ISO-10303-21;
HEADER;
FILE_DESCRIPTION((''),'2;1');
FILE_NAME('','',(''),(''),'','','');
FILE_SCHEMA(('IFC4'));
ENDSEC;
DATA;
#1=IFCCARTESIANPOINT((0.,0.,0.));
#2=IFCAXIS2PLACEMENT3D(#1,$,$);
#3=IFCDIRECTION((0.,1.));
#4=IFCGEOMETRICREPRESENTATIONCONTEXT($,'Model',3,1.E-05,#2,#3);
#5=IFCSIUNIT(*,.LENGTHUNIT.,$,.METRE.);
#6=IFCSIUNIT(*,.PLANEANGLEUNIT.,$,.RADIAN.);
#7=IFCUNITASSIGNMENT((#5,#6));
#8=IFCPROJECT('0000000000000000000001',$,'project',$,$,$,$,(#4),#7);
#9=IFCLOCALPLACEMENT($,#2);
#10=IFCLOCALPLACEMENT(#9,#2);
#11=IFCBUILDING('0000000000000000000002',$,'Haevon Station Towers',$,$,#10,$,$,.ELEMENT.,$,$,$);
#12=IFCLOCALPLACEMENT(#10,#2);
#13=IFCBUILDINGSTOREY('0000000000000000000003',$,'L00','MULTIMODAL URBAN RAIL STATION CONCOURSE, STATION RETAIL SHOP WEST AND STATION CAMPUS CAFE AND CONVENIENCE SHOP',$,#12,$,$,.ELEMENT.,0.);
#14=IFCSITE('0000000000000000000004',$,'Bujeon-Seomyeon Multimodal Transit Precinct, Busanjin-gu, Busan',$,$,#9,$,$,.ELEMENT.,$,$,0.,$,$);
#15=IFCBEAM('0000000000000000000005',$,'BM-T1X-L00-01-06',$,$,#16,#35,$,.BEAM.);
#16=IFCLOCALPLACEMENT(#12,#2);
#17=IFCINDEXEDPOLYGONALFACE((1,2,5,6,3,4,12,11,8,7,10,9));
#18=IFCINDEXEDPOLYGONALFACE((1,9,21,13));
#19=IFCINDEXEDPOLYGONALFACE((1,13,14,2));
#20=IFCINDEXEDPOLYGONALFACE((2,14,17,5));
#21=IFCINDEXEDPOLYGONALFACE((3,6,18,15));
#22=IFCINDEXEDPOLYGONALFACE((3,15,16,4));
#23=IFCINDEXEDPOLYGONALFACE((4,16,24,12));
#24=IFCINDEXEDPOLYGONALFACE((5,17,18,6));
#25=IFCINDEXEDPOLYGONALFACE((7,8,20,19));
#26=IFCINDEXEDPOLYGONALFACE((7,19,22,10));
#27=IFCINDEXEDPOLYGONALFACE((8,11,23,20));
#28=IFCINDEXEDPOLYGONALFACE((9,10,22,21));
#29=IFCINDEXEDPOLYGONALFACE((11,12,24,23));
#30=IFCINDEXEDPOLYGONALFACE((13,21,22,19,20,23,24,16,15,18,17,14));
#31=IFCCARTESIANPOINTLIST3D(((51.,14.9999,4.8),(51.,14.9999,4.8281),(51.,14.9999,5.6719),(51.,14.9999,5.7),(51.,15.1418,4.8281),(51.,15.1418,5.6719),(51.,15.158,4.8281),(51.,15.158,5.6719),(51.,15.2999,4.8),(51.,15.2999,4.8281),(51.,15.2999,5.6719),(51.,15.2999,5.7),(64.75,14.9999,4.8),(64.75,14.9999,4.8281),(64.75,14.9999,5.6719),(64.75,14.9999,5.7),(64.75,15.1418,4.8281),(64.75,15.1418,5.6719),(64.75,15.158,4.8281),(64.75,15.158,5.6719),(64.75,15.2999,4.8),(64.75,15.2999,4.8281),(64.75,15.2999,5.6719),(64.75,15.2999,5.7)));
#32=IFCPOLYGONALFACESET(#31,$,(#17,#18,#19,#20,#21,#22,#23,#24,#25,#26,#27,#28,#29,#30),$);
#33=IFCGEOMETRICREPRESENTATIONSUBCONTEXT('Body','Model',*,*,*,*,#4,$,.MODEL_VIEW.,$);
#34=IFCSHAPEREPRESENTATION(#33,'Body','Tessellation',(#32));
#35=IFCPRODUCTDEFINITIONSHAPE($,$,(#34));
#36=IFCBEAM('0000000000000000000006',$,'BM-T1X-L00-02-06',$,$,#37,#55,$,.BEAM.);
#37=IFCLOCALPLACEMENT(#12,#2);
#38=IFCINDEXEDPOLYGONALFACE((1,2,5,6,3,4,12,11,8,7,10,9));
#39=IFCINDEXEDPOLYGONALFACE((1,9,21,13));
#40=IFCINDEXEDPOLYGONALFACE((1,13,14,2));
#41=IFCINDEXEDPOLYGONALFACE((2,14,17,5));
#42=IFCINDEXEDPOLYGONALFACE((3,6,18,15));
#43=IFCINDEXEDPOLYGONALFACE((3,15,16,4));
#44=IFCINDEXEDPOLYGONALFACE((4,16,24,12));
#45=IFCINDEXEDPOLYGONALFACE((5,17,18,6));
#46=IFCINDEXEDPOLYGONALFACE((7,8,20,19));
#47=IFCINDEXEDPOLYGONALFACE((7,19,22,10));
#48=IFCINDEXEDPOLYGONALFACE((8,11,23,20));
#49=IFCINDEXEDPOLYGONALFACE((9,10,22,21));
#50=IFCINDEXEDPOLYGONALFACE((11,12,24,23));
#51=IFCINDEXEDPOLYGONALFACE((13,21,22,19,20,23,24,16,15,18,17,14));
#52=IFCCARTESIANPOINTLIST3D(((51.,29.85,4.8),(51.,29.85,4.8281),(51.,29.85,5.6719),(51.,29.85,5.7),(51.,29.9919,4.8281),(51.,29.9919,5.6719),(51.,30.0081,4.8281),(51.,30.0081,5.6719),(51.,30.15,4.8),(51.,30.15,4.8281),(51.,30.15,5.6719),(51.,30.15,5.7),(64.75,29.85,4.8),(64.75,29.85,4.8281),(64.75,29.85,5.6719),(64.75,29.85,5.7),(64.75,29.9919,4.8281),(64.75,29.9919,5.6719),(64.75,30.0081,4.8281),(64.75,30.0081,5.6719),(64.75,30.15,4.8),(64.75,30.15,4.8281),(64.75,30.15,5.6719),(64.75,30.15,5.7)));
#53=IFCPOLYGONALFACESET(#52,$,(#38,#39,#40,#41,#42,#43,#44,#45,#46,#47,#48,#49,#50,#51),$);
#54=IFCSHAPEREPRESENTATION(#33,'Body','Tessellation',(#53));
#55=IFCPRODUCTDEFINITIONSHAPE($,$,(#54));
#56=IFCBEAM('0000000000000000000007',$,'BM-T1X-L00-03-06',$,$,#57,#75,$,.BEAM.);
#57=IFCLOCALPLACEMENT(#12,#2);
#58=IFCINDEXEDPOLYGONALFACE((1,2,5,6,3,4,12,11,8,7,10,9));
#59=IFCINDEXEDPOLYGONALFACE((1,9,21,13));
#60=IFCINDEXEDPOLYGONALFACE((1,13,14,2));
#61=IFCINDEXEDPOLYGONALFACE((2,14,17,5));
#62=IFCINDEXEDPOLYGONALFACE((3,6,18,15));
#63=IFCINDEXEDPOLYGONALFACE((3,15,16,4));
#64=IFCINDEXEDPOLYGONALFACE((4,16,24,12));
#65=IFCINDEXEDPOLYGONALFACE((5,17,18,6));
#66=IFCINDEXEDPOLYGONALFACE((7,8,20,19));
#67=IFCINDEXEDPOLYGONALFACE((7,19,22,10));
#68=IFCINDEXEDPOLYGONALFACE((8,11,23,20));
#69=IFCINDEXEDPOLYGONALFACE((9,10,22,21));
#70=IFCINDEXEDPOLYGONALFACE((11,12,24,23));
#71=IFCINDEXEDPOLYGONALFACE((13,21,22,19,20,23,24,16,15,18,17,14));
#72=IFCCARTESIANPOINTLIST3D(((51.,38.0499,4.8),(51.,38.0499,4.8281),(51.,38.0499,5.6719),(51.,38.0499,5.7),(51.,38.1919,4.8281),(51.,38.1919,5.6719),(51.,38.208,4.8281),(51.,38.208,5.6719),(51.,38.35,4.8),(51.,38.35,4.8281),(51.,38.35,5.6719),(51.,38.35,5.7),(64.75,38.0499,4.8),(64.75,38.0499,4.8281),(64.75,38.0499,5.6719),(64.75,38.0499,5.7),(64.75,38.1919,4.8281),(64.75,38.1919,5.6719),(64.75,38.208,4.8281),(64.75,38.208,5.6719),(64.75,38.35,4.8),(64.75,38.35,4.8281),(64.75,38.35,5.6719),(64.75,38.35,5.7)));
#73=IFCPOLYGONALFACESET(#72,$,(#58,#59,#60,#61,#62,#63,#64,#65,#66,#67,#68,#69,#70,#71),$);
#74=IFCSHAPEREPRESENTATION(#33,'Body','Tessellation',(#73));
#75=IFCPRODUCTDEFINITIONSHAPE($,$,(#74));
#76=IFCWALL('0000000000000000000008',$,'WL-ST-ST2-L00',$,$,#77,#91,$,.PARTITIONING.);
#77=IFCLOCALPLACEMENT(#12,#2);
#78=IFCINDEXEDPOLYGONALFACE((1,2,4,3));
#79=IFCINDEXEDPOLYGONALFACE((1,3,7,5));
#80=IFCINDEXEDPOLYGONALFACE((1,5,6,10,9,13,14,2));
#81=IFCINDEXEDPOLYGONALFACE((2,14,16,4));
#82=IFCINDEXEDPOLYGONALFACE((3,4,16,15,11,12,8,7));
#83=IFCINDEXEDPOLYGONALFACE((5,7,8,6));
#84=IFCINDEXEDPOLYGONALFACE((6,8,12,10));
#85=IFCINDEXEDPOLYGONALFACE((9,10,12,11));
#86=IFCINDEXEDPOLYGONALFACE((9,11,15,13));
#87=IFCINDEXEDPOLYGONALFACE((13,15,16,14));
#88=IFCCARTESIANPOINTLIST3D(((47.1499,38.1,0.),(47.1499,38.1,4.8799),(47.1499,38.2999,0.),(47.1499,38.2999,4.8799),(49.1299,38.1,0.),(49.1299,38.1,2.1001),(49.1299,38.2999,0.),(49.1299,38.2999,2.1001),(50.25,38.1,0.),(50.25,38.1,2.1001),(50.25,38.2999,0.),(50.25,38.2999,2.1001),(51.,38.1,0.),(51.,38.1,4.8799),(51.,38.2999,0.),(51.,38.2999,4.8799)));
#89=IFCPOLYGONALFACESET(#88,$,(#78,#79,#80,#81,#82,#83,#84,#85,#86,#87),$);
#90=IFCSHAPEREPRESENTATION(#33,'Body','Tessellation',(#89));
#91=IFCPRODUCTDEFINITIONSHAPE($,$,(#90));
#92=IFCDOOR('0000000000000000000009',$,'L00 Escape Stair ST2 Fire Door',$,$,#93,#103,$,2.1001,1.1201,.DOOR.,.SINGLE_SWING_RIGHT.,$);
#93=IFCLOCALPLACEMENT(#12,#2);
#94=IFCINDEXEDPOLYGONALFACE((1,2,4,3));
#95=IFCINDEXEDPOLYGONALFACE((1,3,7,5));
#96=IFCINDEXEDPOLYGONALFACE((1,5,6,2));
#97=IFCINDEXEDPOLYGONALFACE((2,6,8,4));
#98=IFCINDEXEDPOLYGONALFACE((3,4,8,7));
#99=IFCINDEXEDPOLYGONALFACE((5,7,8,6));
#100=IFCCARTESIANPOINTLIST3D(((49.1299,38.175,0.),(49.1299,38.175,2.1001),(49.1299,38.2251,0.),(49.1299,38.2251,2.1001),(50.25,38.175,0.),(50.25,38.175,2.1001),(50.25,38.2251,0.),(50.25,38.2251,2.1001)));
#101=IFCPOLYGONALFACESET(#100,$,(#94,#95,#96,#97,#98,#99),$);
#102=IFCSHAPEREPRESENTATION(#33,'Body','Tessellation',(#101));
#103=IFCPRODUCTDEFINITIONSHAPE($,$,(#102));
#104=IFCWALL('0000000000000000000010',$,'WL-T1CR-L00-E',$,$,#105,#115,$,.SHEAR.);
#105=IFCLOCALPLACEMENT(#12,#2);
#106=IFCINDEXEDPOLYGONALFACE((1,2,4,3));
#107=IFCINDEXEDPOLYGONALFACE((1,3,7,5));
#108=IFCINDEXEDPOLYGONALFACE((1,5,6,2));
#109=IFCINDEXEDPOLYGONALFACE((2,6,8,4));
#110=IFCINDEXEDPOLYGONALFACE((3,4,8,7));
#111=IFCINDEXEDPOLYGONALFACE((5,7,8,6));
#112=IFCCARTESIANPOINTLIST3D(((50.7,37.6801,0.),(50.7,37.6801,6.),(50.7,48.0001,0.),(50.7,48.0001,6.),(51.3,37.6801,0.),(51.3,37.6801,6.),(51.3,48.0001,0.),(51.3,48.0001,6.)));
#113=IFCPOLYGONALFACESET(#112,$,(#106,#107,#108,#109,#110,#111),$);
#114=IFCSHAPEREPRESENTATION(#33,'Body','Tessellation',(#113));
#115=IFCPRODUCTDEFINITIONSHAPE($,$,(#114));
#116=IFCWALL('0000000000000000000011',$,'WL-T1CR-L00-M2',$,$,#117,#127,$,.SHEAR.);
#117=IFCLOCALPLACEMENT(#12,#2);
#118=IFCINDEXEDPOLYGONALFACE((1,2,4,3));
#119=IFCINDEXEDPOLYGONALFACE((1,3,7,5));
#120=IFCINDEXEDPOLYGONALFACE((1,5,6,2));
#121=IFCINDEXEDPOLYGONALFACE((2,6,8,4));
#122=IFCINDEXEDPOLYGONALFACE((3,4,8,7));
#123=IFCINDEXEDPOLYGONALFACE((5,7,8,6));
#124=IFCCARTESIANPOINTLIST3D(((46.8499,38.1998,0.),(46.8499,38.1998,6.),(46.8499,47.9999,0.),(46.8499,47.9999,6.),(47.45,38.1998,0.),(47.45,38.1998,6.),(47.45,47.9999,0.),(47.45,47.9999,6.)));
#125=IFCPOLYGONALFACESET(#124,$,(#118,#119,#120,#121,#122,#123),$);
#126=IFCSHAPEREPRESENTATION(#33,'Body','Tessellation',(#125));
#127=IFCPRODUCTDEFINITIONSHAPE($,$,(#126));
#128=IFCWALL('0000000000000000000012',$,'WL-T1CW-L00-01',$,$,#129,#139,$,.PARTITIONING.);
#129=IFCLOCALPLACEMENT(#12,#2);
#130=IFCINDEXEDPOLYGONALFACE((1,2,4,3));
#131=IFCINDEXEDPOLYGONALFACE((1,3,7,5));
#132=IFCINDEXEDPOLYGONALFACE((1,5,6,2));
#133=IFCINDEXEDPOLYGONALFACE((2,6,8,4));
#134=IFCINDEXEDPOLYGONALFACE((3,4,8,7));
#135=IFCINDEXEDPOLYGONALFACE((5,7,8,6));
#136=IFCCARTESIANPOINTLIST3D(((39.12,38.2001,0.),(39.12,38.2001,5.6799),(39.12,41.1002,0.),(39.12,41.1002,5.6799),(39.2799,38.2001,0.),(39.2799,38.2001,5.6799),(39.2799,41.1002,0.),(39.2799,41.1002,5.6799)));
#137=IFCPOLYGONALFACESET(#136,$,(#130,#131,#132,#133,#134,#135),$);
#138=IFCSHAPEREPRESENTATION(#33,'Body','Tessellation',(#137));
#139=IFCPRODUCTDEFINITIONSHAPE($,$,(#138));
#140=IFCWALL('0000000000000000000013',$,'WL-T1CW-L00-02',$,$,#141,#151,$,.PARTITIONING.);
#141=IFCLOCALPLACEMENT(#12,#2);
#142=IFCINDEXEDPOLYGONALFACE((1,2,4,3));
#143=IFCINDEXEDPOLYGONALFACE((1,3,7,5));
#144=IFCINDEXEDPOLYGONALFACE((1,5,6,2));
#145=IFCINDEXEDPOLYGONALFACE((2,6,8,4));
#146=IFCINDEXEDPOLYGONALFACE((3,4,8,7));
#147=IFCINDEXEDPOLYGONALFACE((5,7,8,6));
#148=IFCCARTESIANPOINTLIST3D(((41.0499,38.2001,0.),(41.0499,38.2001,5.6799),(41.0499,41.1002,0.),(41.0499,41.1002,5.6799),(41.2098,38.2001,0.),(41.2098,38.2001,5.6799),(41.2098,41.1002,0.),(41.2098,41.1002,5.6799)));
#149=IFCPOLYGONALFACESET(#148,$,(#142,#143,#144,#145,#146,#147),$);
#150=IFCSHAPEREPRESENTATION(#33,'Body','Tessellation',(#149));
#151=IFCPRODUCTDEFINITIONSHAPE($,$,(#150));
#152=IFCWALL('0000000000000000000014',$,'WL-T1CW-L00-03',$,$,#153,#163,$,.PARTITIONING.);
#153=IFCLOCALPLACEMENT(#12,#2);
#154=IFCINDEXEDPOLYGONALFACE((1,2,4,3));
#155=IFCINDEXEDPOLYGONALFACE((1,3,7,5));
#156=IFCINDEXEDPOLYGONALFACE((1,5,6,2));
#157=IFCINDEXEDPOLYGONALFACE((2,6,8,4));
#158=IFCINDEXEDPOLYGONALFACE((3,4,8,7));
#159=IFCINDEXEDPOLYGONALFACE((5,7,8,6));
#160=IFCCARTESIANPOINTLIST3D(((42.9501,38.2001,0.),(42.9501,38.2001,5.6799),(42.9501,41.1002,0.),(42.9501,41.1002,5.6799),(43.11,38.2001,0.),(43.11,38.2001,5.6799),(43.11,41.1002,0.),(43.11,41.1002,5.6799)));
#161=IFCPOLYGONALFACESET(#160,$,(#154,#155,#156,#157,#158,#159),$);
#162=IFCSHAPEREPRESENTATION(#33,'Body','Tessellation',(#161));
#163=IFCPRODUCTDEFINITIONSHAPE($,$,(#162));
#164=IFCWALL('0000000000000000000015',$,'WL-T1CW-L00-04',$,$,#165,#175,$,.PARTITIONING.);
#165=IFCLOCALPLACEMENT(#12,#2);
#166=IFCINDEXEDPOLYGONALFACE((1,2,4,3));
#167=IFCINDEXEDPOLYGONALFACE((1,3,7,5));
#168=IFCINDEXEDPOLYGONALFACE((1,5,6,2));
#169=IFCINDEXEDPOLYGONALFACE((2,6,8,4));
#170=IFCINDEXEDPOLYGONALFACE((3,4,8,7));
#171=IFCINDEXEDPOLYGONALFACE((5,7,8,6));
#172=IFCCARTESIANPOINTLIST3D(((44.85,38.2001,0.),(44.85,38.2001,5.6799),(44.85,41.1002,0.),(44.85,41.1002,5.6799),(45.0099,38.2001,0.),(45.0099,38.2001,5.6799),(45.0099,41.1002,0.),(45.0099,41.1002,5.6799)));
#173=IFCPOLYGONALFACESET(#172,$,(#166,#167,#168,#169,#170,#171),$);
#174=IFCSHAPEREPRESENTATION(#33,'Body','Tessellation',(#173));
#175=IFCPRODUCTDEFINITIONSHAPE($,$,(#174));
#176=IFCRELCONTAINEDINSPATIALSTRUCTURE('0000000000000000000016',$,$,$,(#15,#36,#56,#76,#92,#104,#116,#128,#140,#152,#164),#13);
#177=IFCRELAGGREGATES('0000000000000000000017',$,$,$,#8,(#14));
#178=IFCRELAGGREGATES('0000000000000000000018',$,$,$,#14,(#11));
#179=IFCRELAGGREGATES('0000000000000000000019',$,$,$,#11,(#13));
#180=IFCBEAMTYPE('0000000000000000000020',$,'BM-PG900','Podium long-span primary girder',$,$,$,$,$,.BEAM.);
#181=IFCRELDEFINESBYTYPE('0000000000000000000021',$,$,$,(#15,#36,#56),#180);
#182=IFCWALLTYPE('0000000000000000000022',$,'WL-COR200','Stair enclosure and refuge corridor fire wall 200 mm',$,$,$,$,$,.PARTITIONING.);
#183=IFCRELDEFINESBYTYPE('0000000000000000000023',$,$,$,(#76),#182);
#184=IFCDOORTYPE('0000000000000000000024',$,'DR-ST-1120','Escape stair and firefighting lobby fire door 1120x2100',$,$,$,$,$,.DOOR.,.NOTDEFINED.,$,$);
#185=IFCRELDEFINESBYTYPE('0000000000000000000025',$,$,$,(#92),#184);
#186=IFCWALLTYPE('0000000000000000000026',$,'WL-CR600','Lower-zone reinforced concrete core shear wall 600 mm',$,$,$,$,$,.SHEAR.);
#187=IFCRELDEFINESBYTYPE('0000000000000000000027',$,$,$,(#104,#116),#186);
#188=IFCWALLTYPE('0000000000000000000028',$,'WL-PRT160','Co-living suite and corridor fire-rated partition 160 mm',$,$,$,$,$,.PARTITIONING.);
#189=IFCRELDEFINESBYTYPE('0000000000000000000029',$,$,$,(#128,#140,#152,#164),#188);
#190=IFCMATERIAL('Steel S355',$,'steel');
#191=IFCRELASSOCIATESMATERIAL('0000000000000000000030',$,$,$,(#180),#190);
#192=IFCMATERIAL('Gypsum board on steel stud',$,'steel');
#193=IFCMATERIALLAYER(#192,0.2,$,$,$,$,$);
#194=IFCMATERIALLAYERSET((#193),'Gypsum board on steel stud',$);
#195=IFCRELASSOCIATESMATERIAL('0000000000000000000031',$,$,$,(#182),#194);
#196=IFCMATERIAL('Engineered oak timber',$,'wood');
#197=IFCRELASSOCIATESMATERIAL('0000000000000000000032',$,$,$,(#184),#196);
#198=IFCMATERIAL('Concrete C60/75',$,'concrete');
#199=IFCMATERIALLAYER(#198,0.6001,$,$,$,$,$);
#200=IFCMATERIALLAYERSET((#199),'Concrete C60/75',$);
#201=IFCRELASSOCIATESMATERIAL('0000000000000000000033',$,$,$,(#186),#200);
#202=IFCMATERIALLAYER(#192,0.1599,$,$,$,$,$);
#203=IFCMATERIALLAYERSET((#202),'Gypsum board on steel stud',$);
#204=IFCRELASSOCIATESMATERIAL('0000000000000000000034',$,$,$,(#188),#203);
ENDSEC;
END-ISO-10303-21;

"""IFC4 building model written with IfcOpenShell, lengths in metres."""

from ifc_helpers import new_model, si_unit, direction, frame, frame_2d, origin, origin_2d, place, context, subcontext, project, spatial, rectangle, i_section, extrude, material, layer, layer_set, material_profile, profile_set, type_object, element, fill, save


model = new_model("IFC4")

# Units and contexts
model_context = context("Model", 3, precision=1e-05, world=origin(), true_north=direction((0.0, 1.0)))
body_context = subcontext(model_context, "Body", "Model", "MODEL_VIEW")
ifc_project = project(units=[si_unit("LENGTHUNIT", "METRE"), si_unit("PLANEANGLEUNIT", "RADIAN")], contexts=[model_context])

# Site, building, storey
site_placement = place(None, origin())
site = spatial("IfcSite", under=ifc_project, at=site_placement, Name="Bujeon-Seomyeon Multimodal Transit Precinct, Busanjin-gu, Busan", CompositionType="ELEMENT", RefElevation=0.0)
building_placement = place(site_placement, origin())
building = spatial("IfcBuilding", under=site, at=building_placement, Name="Haevon Station Towers", CompositionType="ELEMENT")
storey_placement = place(building_placement, origin())
storey = spatial("IfcBuildingStorey", under=building, at=storey_placement, Name="L00", Description="MULTIMODAL URBAN RAIL STATION CONCOURSE, STATION RETAIL SHOP WEST AND STATION CAMPUS CAFE AND CONVENIENCE SHOP", CompositionType="ELEMENT", Elevation=0.0)

# Beams
ifc_material_1 = material(Name="Steel S355", Category="steel")
ifc_material_profile_1 = material_profile(ifc_material_1, i_section(OverallWidth=0.3, OverallDepth=0.8999, WebThickness=0.0161, FlangeThickness=0.0281, at=origin_2d()), Name="H-900x300x16x28")
ifc_profile_set_1 = profile_set([ifc_material_profile_1], Name="Steel S355")
beam_type_1 = type_object("IfcBeamType", Name="BM-PG900", Description="Podium long-span primary girder", PredefinedType="BEAM", material=ifc_profile_set_1)
for number, where, z_axis, x_axis, name in (
    (1, (51.0, 15.1499, 5.25), (1.0, 0.0, 0.0), (0.0, 1.0, 0.0), "BM-T1X-L00-01-06"),
    (2, (51.0, 30.0, 5.25), (1.0, 0.0, 0.0), (0.0, 1.0, 0.0), "BM-T1X-L00-02-06"),
    (3, (51.0, 38.2, 5.25), (1.0, 0.0, 0.0), (0.0, 1.0, 0.0), "BM-T1X-L00-03-06"),
):
    element("IfcBeam", number, at=place(storey_placement, frame(where, z_axis=z_axis, x_axis=x_axis)), inside=storey, type_object=beam_type_1, Name=name, PredefinedType="BEAM", context=body_context, shape_type="SweptSolid", body=[
        extrude(i_section(OverallWidth=0.3, OverallDepth=0.8999, WebThickness=0.0161, FlangeThickness=0.0281, at=origin_2d()), origin(), (0.0, 0.0, 1.0), 13.75),
    ])

# Wall, opening, door
ifc_material_2 = material(Name="Gypsum board on steel stud", Category="steel")
ifc_layer_1 = layer(ifc_material_2, 0.2)
ifc_layer_set_1 = layer_set([ifc_layer_1], Name="Gypsum board on steel stud")
wall_type_1 = type_object("IfcWallType", Name="WL-COR200", Description="Stair enclosure and refuge corridor fire wall 200 mm", PredefinedType="PARTITIONING", material=ifc_layer_set_1)
wall_1_placement = place(storey_placement, frame((51.0, 38.2, 0.0), z_axis=(0.0, 0.0, 1.0), x_axis=(-1.0, 0.0, 0.0)))
wall_1 = element("IfcWall", 4, at=wall_1_placement, inside=storey, type_object=wall_type_1, Name="WL-ST-ST2-L00", PredefinedType="PARTITIONING", context=body_context, shape_type="SweptSolid", body=[
    extrude(rectangle(XDim=3.8501, YDim=0.2, at=frame_2d((1.925, 0.0))), origin(), (0.0, 0.0, 1.0), 4.8799),
])
opening_placement = place(wall_1_placement, frame((0.75, 0.0, 0.0)))
opening = element("IfcOpeningElement", 5, at=opening_placement, cuts=wall_1, PredefinedType="OPENING", context=body_context, shape_type="SweptSolid", body=[
    extrude(rectangle(XDim=1.1201, YDim=2.1001, at=frame_2d((0.5601, 1.05))), frame((0.0, 0.1099, 0.0), z_axis=(0.0, -1.0, 0.0), x_axis=(1.0, 0.0, 0.0)), (0.0, 0.0, 1.0), 0.22),
])
ifc_material_3 = material(Name="Engineered oak timber", Category="wood")
door_type = type_object("IfcDoorType", Name="DR-ST-1120", Description="Escape stair and firefighting lobby fire door 1120x2100", OperationType="NOTDEFINED", PredefinedType="DOOR", material=ifc_material_3)
door_placement = place(opening_placement, origin())
door = element("IfcDoor", 6, at=door_placement, inside=storey, type_object=door_type, Name="L00 Escape Stair ST2 Fire Door", OperationType="SINGLE_SWING_RIGHT", OverallHeight=2.1001, OverallWidth=1.1201, PredefinedType="DOOR", context=body_context, shape_type="SweptSolid", body=[
    extrude(rectangle(XDim=1.1201, YDim=2.1001, at=frame_2d((0.5601, 1.05))), frame((0.0, 0.0249, 0.0), z_axis=(0.0, -1.0, 0.0), x_axis=(1.0, 0.0, 0.0)), (0.0, 0.0, 1.0), 0.05),
])
fill(opening, door)

# Walls
ifc_material_4 = material(Name="Concrete C60/75", Category="concrete")
ifc_layer_2 = layer(ifc_material_4, 0.6001)
ifc_layer_set_2 = layer_set([ifc_layer_2], Name="Concrete C60/75")
wall_type_2 = type_object("IfcWallType", Name="WL-CR600", Description="Lower-zone reinforced concrete core shear wall 600 mm", PredefinedType="SHEAR", material=ifc_layer_set_2)
wall_2_placement = place(storey_placement, frame((51.0, 37.6799, 0.0), z_axis=(0.0, 0.0, 1.0), x_axis=(0.0, 1.0, 0.0)))
element("IfcWall", 7, at=wall_2_placement, inside=storey, type_object=wall_type_2, Name="WL-T1CR-L00-E", PredefinedType="SHEAR", context=body_context, shape_type="SweptSolid", body=[
    extrude(rectangle(XDim=10.3201, YDim=0.6001, at=frame_2d((5.1602, 0.0))), origin(), (0.0, 0.0, 1.0), 6.0),
])
wall_3_placement = place(storey_placement, frame((47.1499, 38.2, 0.0), z_axis=(0.0, 0.0, 1.0), x_axis=(0.0, 1.0, 0.0)))
element("IfcWall", 8, at=wall_3_placement, inside=storey, type_object=wall_type_2, Name="WL-T1CR-L00-M2", PredefinedType="SHEAR", context=body_context, shape_type="SweptSolid", body=[
    extrude(rectangle(XDim=9.8, YDim=0.6001, at=frame_2d((4.8999, 0.0))), origin(), (0.0, 0.0, 1.0), 6.0),
])
ifc_layer_3 = layer(ifc_material_2, 0.1599)
ifc_layer_set_3 = layer_set([ifc_layer_3], Name="Gypsum board on steel stud")
wall_type_3 = type_object("IfcWallType", Name="WL-PRT160", Description="Co-living suite and corridor fire-rated partition 160 mm", PredefinedType="PARTITIONING", material=ifc_layer_set_3)
for number, where, z_axis, x_axis, name in (
    (9, (39.2, 38.2, 0.0), (0.0, 0.0, 1.0), (0.0, 1.0, 0.0), "WL-T1CW-L00-01"),
    (10, (41.1299, 38.2, 0.0), (0.0, 0.0, 1.0), (0.0, 1.0, 0.0), "WL-T1CW-L00-02"),
    (11, (43.03, 38.2, 0.0), (0.0, 0.0, 1.0), (0.0, 1.0, 0.0), "WL-T1CW-L00-03"),
    (12, (44.9299, 38.2, 0.0), (0.0, 0.0, 1.0), (0.0, 1.0, 0.0), "WL-T1CW-L00-04"),
):
    element("IfcWall", number, at=place(storey_placement, frame(where, z_axis=z_axis, x_axis=x_axis)), inside=storey, type_object=wall_type_3, Name=name, PredefinedType="PARTITIONING", context=body_context, shape_type="SweptSolid", body=[
        extrude(rectangle(XDim=2.9001, YDim=0.1599, at=frame_2d((1.4502, 0.0))), origin(), (0.0, 0.0, 1.0), 5.6799),
    ])

save(model, "model.ifc")
